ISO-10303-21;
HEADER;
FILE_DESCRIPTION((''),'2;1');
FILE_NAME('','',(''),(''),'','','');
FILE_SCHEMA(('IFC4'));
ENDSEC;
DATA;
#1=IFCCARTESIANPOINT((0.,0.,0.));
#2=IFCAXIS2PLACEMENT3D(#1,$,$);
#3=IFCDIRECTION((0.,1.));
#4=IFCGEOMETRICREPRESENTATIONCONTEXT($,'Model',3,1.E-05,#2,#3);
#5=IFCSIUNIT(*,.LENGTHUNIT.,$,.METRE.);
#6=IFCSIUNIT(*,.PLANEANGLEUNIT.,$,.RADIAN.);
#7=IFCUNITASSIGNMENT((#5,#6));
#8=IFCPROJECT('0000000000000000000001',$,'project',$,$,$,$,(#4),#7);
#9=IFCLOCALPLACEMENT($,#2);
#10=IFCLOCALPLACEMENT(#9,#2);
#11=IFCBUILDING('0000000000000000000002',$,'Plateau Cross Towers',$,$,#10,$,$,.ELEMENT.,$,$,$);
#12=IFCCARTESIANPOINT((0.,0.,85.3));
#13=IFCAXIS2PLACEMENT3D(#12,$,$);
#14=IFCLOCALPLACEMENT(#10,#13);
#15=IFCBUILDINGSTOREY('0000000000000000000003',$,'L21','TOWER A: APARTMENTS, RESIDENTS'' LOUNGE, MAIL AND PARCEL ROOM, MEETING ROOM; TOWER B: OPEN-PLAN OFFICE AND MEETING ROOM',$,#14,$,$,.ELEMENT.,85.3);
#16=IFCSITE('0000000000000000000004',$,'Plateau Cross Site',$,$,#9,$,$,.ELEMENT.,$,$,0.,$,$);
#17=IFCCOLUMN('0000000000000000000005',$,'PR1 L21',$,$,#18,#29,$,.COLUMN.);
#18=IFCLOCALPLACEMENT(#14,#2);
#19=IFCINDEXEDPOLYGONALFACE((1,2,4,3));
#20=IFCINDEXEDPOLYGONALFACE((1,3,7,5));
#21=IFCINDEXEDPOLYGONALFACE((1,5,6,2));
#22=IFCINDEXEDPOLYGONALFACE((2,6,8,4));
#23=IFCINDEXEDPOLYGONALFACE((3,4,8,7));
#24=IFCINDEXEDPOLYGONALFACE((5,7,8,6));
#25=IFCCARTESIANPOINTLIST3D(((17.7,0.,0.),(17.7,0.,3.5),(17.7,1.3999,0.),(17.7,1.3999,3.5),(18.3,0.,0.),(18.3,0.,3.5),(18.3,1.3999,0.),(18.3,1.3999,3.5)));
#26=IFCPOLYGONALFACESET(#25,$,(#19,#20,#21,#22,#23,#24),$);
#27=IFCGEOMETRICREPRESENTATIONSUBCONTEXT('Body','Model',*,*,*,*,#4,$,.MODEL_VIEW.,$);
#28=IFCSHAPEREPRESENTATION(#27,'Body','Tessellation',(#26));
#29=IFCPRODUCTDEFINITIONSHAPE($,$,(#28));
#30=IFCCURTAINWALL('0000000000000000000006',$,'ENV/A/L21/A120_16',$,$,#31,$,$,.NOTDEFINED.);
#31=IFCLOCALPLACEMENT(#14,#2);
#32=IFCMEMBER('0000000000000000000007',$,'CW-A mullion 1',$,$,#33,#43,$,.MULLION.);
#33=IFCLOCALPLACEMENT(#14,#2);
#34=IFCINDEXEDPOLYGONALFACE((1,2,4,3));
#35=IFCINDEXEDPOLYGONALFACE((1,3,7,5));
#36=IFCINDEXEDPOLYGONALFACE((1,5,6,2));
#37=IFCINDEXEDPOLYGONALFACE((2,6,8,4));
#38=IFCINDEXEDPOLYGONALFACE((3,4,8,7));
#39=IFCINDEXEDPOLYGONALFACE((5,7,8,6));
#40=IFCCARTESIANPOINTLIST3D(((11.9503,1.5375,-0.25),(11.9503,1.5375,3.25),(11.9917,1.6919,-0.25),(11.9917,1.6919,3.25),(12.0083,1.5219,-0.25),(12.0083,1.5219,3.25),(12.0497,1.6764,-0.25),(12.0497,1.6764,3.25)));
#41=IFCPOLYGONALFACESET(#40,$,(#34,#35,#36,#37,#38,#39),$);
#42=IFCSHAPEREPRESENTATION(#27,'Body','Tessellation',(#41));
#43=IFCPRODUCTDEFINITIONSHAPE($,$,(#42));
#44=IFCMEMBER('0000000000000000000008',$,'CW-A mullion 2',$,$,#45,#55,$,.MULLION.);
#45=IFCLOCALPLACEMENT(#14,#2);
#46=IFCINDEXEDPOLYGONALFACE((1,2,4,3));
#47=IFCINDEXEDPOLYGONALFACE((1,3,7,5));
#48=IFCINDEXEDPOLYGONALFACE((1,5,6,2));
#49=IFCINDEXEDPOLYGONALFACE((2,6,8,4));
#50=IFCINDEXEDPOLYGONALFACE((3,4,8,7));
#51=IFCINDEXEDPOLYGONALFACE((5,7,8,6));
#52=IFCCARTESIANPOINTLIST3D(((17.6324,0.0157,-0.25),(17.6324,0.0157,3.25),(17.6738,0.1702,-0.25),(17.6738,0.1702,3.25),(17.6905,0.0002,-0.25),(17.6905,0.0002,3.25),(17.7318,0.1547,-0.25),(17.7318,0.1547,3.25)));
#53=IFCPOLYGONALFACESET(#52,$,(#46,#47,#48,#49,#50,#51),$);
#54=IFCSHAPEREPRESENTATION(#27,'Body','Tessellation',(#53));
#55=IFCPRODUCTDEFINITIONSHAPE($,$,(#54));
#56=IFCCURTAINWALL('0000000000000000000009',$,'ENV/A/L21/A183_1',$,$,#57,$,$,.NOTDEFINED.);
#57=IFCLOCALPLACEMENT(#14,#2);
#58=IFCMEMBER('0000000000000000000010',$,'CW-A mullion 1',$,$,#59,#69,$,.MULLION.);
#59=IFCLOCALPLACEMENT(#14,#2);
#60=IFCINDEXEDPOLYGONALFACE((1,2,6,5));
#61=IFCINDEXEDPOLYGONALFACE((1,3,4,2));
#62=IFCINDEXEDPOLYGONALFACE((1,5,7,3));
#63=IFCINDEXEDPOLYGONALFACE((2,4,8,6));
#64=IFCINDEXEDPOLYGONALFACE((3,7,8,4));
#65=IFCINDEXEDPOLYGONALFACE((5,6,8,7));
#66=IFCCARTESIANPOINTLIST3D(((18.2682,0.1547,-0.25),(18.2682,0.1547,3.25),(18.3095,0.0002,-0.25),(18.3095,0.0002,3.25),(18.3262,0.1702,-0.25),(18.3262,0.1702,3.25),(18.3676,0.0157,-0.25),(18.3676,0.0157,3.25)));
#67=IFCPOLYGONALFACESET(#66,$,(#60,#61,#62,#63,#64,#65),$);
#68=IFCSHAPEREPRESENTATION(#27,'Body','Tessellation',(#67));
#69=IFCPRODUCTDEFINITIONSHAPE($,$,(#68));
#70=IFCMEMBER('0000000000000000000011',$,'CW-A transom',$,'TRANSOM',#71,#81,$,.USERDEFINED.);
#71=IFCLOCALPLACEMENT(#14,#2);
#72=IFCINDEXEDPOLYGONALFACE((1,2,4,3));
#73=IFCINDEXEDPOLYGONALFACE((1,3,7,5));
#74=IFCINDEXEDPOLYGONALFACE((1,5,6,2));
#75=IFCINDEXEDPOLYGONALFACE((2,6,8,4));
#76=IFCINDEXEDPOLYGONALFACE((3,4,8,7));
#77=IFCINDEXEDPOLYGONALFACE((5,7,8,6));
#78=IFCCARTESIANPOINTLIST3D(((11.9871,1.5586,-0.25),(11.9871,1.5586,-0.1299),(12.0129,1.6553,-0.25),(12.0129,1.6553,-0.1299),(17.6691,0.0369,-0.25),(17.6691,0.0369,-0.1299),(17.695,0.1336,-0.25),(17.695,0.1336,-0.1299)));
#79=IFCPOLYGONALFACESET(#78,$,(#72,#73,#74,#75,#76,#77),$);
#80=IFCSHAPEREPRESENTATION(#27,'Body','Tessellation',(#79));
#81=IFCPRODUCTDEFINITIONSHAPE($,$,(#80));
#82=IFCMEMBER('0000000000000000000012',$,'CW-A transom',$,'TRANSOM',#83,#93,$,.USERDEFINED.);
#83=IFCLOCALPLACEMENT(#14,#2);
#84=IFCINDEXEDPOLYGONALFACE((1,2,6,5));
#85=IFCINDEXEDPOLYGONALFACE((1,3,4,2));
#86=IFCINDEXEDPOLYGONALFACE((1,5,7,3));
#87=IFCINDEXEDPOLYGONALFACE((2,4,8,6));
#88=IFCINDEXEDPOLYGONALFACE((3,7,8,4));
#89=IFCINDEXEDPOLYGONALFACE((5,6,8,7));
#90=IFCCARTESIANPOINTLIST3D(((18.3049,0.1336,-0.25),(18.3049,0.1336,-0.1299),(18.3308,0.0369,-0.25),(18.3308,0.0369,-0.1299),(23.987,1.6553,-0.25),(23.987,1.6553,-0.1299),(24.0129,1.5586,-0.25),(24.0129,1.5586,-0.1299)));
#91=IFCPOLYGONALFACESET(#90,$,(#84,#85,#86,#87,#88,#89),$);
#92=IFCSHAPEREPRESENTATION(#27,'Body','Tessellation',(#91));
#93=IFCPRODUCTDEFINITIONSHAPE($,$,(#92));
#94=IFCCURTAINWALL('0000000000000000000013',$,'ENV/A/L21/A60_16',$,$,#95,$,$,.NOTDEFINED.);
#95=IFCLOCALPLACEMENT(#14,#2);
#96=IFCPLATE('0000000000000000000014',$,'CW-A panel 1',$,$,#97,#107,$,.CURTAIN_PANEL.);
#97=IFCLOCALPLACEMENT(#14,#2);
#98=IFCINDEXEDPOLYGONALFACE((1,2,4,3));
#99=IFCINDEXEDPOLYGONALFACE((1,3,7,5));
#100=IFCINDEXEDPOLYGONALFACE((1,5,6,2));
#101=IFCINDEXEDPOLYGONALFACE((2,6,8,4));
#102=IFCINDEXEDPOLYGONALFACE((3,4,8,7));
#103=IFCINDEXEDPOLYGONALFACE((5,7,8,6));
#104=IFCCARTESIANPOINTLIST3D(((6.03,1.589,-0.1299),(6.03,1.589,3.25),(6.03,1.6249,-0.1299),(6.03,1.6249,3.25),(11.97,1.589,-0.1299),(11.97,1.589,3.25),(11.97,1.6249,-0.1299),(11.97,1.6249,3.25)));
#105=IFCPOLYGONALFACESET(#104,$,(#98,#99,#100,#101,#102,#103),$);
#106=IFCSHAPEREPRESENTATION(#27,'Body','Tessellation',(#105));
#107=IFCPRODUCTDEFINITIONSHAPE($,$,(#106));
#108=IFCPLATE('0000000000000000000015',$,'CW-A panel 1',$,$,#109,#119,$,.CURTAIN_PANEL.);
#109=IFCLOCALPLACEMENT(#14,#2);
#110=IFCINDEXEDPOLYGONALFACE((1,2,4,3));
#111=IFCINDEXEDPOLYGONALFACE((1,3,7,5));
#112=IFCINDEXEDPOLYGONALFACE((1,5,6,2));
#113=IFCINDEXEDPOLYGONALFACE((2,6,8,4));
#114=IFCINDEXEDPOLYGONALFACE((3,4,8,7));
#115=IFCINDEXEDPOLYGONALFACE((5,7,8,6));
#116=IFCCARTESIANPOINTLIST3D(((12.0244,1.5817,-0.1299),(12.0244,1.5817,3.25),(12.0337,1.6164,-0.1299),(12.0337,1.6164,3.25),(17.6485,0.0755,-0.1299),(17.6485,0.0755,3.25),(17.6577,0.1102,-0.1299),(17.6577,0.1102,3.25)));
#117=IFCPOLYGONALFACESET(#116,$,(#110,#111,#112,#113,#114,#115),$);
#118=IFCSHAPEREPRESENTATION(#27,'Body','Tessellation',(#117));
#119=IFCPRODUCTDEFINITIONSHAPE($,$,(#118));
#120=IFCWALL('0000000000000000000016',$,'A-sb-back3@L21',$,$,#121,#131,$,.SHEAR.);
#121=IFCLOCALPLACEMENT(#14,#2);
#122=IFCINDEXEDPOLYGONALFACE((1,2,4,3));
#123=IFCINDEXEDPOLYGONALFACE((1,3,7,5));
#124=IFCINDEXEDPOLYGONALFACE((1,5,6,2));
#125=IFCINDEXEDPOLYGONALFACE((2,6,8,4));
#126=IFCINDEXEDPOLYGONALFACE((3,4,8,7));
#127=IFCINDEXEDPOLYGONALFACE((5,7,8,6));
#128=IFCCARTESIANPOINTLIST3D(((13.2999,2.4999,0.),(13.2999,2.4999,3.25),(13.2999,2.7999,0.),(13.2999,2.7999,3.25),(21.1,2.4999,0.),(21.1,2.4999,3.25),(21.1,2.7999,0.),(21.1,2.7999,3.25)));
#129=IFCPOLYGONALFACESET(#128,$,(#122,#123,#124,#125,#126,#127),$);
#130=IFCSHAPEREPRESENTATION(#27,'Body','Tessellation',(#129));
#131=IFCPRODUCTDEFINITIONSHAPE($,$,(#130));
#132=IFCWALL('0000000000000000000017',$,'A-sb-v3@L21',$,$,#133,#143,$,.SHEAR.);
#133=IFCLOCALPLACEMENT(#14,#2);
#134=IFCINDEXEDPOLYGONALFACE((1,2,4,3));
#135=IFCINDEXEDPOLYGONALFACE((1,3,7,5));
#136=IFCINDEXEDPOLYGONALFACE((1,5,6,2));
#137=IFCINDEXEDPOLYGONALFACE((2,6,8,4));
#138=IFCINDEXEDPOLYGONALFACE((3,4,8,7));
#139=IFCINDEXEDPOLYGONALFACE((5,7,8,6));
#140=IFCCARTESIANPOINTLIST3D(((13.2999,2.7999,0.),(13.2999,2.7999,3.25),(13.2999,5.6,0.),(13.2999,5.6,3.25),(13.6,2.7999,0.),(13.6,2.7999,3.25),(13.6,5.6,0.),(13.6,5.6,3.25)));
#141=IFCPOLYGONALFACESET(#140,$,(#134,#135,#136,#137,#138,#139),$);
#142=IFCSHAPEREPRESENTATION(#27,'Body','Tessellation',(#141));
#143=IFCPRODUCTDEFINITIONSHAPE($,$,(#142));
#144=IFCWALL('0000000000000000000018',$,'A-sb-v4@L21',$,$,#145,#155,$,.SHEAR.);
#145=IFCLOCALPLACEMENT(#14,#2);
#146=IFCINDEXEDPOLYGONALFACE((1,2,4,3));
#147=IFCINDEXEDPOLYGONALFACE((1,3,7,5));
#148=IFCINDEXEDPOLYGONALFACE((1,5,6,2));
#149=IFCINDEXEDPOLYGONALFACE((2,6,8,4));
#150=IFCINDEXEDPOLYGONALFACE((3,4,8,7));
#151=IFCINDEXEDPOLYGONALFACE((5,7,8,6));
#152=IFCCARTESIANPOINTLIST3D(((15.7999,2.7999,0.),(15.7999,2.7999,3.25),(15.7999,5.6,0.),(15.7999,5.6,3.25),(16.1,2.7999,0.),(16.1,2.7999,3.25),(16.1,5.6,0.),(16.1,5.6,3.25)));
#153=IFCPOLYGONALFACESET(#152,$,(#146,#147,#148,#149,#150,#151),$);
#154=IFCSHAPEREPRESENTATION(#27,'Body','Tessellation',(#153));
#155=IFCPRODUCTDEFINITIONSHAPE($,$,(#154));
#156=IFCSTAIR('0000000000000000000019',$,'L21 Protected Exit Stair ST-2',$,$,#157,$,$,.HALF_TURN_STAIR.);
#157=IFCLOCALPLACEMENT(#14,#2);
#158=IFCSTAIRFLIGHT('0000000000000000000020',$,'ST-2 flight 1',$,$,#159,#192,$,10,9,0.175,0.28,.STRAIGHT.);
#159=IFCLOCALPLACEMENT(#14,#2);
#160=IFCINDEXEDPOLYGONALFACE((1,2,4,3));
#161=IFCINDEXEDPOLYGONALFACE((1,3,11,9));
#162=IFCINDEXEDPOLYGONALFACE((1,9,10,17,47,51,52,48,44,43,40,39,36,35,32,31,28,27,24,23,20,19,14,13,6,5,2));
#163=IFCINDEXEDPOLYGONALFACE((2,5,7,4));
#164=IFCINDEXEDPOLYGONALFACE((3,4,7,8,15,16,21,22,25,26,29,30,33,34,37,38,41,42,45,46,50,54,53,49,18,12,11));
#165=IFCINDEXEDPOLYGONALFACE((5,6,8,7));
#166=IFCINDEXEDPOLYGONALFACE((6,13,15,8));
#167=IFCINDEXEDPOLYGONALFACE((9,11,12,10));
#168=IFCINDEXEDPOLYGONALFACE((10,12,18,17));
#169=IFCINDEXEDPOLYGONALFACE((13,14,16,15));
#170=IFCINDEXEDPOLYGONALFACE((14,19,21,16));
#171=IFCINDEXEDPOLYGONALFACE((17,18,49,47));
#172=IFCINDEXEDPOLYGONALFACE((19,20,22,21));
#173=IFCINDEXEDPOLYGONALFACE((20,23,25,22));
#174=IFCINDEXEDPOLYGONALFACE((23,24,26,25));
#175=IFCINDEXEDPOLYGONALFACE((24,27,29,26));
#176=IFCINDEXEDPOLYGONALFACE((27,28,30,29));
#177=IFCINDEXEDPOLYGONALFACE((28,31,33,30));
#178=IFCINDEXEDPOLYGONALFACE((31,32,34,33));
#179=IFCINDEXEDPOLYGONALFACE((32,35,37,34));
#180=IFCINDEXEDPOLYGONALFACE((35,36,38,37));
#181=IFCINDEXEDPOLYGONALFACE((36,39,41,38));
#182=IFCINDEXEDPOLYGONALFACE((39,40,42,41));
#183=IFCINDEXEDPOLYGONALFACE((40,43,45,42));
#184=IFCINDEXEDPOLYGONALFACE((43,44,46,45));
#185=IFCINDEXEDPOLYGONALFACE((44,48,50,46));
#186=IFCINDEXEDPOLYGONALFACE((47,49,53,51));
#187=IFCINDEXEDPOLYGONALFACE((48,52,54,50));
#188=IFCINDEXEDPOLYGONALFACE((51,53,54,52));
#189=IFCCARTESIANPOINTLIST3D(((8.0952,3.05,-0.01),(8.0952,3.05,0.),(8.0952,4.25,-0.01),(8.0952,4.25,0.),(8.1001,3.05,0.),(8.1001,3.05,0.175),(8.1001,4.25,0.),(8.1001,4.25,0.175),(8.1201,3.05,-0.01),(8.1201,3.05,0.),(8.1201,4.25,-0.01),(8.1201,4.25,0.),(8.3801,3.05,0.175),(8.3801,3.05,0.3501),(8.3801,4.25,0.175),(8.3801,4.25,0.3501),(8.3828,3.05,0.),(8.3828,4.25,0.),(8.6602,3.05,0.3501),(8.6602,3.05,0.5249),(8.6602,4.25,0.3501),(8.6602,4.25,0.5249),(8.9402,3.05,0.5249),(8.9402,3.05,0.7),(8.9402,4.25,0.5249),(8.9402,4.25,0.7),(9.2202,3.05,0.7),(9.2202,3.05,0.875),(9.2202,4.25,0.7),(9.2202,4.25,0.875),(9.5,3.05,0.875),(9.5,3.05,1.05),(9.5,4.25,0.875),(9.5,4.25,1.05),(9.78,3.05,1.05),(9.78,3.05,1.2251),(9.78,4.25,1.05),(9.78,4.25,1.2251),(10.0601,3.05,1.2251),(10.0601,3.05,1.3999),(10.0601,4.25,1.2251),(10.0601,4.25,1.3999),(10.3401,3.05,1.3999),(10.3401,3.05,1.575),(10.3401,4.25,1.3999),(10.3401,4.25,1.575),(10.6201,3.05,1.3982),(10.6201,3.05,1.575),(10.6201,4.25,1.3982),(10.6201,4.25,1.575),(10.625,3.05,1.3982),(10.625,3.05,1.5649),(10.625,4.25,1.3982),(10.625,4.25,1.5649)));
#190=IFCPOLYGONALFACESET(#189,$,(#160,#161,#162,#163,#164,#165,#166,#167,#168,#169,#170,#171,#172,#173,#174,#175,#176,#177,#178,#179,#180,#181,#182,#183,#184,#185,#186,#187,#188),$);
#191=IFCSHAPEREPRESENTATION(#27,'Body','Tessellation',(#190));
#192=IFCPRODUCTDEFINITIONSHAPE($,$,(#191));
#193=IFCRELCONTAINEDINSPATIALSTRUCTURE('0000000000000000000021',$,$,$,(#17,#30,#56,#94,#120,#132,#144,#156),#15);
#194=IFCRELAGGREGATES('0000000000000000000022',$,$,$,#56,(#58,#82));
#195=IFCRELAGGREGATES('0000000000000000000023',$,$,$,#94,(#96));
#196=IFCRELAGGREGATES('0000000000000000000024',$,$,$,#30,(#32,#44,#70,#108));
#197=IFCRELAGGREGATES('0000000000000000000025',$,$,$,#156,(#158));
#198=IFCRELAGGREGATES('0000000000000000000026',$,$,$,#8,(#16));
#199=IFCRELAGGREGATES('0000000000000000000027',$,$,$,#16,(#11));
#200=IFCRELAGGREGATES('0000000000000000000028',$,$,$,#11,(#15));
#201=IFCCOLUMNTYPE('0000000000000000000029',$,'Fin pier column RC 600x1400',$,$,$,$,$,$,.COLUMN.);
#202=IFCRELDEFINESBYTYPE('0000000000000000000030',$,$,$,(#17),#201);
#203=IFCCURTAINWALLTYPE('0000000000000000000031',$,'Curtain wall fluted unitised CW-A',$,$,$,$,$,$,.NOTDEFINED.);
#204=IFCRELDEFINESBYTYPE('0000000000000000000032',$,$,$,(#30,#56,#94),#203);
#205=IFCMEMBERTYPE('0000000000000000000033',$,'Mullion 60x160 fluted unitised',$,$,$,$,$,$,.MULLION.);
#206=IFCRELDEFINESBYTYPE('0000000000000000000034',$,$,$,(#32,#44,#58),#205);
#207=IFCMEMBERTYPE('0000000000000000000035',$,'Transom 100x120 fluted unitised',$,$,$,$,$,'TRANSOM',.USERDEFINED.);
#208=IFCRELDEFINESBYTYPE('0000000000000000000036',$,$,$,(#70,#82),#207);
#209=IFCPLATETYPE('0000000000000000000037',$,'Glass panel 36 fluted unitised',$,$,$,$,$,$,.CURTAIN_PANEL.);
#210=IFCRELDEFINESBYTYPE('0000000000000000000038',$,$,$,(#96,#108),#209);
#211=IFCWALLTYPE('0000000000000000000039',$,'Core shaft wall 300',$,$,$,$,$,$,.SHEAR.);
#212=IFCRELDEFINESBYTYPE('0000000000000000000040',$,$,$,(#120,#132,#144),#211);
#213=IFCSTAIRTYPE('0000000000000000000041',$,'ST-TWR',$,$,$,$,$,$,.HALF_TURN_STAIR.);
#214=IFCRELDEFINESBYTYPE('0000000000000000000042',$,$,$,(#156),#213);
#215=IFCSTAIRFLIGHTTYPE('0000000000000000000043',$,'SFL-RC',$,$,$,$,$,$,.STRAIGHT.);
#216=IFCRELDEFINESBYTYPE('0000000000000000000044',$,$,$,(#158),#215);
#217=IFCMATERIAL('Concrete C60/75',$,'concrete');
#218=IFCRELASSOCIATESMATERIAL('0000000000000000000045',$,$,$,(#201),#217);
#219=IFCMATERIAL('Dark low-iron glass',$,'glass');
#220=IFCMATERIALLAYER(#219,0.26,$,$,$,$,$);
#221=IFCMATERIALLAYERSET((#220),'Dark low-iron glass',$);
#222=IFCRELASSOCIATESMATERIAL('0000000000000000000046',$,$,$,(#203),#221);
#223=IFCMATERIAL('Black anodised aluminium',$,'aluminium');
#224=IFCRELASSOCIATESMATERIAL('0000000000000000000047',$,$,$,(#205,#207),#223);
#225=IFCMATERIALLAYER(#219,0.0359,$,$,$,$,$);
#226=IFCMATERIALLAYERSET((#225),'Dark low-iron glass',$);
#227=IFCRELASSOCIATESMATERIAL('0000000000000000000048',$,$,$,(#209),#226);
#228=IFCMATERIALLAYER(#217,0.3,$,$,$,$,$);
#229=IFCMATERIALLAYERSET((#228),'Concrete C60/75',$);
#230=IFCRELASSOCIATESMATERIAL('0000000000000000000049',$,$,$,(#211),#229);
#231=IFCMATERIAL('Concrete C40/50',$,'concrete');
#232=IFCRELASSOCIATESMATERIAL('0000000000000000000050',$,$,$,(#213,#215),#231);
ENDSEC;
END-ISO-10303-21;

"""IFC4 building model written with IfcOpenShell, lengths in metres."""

from ifc_helpers import new_model, si_unit, direction, frame, frame_2d, origin, origin_2d, place, context, subcontext, project, spatial, polyline, rectangle, outline, extrude, material, layer, layer_set, material_profile, profile_set, type_object, element, aggregate, save


model = new_model("IFC4")

# Units and contexts
model_context = context("Model", 3, precision=1e-05, world=origin(), true_north=direction((0.0, 1.0)))
body_context = subcontext(model_context, "Body", "Model", "MODEL_VIEW")
ifc_project = project(units=[si_unit("LENGTHUNIT", "METRE"), si_unit("PLANEANGLEUNIT", "RADIAN")], contexts=[model_context])

# Site, building, storey
site_placement = place(None, origin())
site = spatial("IfcSite", under=ifc_project, at=site_placement, Name="Plateau Cross Site", CompositionType="ELEMENT", RefElevation=0.0)
building_placement = place(site_placement, origin())
building = spatial("IfcBuilding", under=site, at=building_placement, Name="Plateau Cross Towers", CompositionType="ELEMENT")
storey_placement = place(building_placement, frame((0.0, 0.0, 85.3)))
storey = spatial("IfcBuildingStorey", under=building, at=storey_placement, Name="L21", Description="TOWER A: APARTMENTS, RESIDENTS' LOUNGE, MAIL AND PARCEL ROOM, MEETING ROOM; TOWER B: OPEN-PLAN OFFICE AND MEETING ROOM", CompositionType="ELEMENT", Elevation=85.3)

# Column
ifc_material_1 = material(Name="Concrete C60/75", Category="concrete")
ifc_material_profile_1 = material_profile(ifc_material_1, rectangle(XDim=0.6001, YDim=1.3999, at=origin_2d()), Name="RC 600x1400")
ifc_profile_set_1 = profile_set([ifc_material_profile_1], Name="Concrete C60/75")
column_type = type_object("IfcColumnType", Name="Fin pier column RC 600x1400", PredefinedType="COLUMN", material=ifc_profile_set_1)
column_placement = place(storey_placement, frame((18.0, 0.7, 0.0), z_axis=(0.0, 0.0, 1.0), x_axis=(1.0, 0.0, 0.0)))
element("IfcColumn", 1, at=column_placement, inside=storey, type_object=column_type, Name="PR1 L21", PredefinedType="COLUMN", context=body_context, shape_type="SweptSolid", body=[
    extrude(rectangle(XDim=0.6001, YDim=1.3999, at=origin_2d()), origin(), (0.0, 0.0, 1.0), 3.5),
])

# Curtain wall, members
ifc_material_2 = material(Name="Dark low-iron glass", Category="glass")
ifc_layer_1 = layer(ifc_material_2, 0.26)
ifc_layer_set_1 = layer_set([ifc_layer_1], Name="Dark low-iron glass")
curtain_wall_type = type_object("IfcCurtainWallType", Name="Curtain wall fluted unitised CW-A", PredefinedType="NOTDEFINED", material=ifc_layer_set_1)
curtain_wall_1_placement = place(storey_placement, origin())
curtain_wall_1 = element("IfcCurtainWall", 2, at=curtain_wall_1_placement, inside=storey, type_object=curtain_wall_type, Name="ENV/A/L21/A120_16", PredefinedType="NOTDEFINED")
ifc_material_3 = material(Name="Black anodised aluminium", Category="aluminium")
ifc_material_profile_2 = material_profile(ifc_material_3, rectangle(XDim=0.0601, YDim=0.1599, at=origin_2d()), Name="MULLION 60x160")
ifc_profile_set_2 = profile_set([ifc_material_profile_2], Name="Black anodised aluminium")
member_type_1 = type_object("IfcMemberType", Name="Mullion 60x160 fluted unitised", PredefinedType="MULLION", material=ifc_profile_set_2)
member_1_placement = place(storey_placement, frame((12.0, 1.6069, -0.25), z_axis=(0.0, 0.0, 1.0), x_axis=(0.965958, -0.258699, 0.0)))
member_1 = element("IfcMember", 3, at=member_1_placement, type_object=member_type_1, Name="CW-A mullion 1", PredefinedType="MULLION", context=body_context, shape_type="SweptSolid", body=[
    extrude(rectangle(XDim=0.0601, YDim=0.1599, at=origin_2d()), origin(), (0.0, 0.0, 1.0), 3.5),
])
member_2_placement = place(storey_placement, frame((17.6821, 0.0852, -0.25), z_axis=(0.0, 0.0, 1.0), x_axis=(0.965958, -0.258699, 0.0)))
member_2 = element("IfcMember", 4, at=member_2_placement, type_object=member_type_1, Name="CW-A mullion 2", PredefinedType="MULLION", context=body_context, shape_type="SweptSolid", body=[
    extrude(rectangle(XDim=0.0601, YDim=0.1599, at=origin_2d()), origin(), (0.0, 0.0, 1.0), 3.5),
])

# Curtain wall, member
curtain_wall_2_placement = place(storey_placement, origin())
curtain_wall_2 = element("IfcCurtainWall", 5, at=curtain_wall_2_placement, inside=storey, type_object=curtain_wall_type, Name="ENV/A/L21/A183_1", PredefinedType="NOTDEFINED")
member_3_placement = place(storey_placement, frame((18.3179, 0.0852, -0.25), z_axis=(0.0, 0.0, 1.0), x_axis=(0.965958, 0.258699, 0.0)))
member_3 = element("IfcMember", 6, at=member_3_placement, type_object=member_type_1, Name="CW-A mullion 1", PredefinedType="MULLION", context=body_context, shape_type="SweptSolid", body=[
    extrude(rectangle(XDim=0.0601, YDim=0.1599, at=origin_2d()), origin(), (0.0, 0.0, 1.0), 3.5),
])

# Members
ifc_material_profile_3 = material_profile(ifc_material_3, rectangle(XDim=0.1001, YDim=0.1201, at=origin_2d()), Name="TRANSOM 100x120")
ifc_profile_set_3 = profile_set([ifc_material_profile_3], Name="Black anodised aluminium")
member_type_2 = type_object("IfcMemberType", Name="Transom 100x120 fluted unitised", ElementType="TRANSOM", PredefinedType="USERDEFINED", material=ifc_profile_set_3)
member_4_placement = place(storey_placement, frame((12.0, 1.6069, -0.1899), z_axis=(0.96596, -0.258693, 0.0), x_axis=(0.258693, 0.96596, 0.0)))
member_4 = element("IfcMember", 7, at=member_4_placement, type_object=member_type_2, Name="CW-A transom", ObjectType="TRANSOM", PredefinedType="USERDEFINED", context=body_context, shape_type="SweptSolid", body=[
    extrude(rectangle(XDim=0.1001, YDim=0.1201, at=origin_2d()), origin(), (0.0, 0.0, 1.0), 5.8823),
])
member_5_placement = place(storey_placement, frame((18.3179, 0.0852, -0.1899), z_axis=(0.96596, 0.258693, 0.0), x_axis=(-0.258693, 0.96596, 0.0)))
member_5 = element("IfcMember", 8, at=member_5_placement, type_object=member_type_2, Name="CW-A transom", ObjectType="TRANSOM", PredefinedType="USERDEFINED", context=body_context, shape_type="SweptSolid", body=[
    extrude(rectangle(XDim=0.1001, YDim=0.1201, at=origin_2d()), origin(), (0.0, 0.0, 1.0), 5.8823),
])
aggregate(curtain_wall_2, [member_3, member_5])

# Curtain wall, plate
curtain_wall_3_placement = place(storey_placement, origin())
curtain_wall_3 = element("IfcCurtainWall", 9, at=curtain_wall_3_placement, inside=storey, type_object=curtain_wall_type, Name="ENV/A/L21/A60_16", PredefinedType="NOTDEFINED")
ifc_layer_2 = layer(ifc_material_2, 0.0359)
ifc_layer_set_2 = layer_set([ifc_layer_2], Name="Dark low-iron glass")
plate_type = type_object("IfcPlateType", Name="Glass panel 36 fluted unitised", PredefinedType="CURTAIN_PANEL", material=ifc_layer_set_2)
plate_1_placement = place(storey_placement, frame((9.0, 1.6069, -0.1299), z_axis=(0.0, 0.0, 1.0), x_axis=(1.0, 0.0, 0.0)))
plate_1 = element("IfcPlate", 10, at=plate_1_placement, type_object=plate_type, Name="CW-A panel 1", PredefinedType="CURTAIN_PANEL", context=body_context, shape_type="SweptSolid", body=[
    extrude(rectangle(XDim=5.9399, YDim=0.0359, at=origin_2d()), origin(), (0.0, 0.0, 1.0), 3.3799),
])
aggregate(curtain_wall_3, [plate_1])

# Plate
plate_2_placement = place(storey_placement, frame((14.8411, 0.8459, -0.1299), z_axis=(0.0, 0.0, 1.0), x_axis=(0.965958, -0.258699, 0.0)))
plate_2 = element("IfcPlate", 11, at=plate_2_placement, type_object=plate_type, Name="CW-A panel 1", PredefinedType="CURTAIN_PANEL", context=body_context, shape_type="SweptSolid", body=[
    extrude(rectangle(XDim=5.8223, YDim=0.0359, at=origin_2d()), origin(), (0.0, 0.0, 1.0), 3.3799),
])
aggregate(curtain_wall_1, [member_1, member_2, member_4, plate_2])

# Walls
ifc_layer_3 = layer(ifc_material_1, 0.3)
ifc_layer_set_3 = layer_set([ifc_layer_3], Name="Concrete C60/75")
wall_type = type_object("IfcWallType", Name="Core shaft wall 300", PredefinedType="SHEAR", material=ifc_layer_set_3)
wall_placement = place(storey_placement, frame((13.3, 2.6499, 0.0), z_axis=(0.0, 0.0, 1.0), x_axis=(1.0, 0.0, 0.0)))
element("IfcWall", 12, at=wall_placement, inside=storey, type_object=wall_type, Name="A-sb-back3@L21", PredefinedType="SHEAR", context=body_context, shape_type="SweptSolid", body=[
    extrude(rectangle(XDim=7.8, YDim=0.3, at=frame_2d((3.8999, 0.0))), origin(), (0.0, 0.0, 1.0), 3.25),
])
for number, where, z_axis, x_axis, name in (
    (13, (13.45, 2.8, 0.0), (0.0, 0.0, 1.0), (0.0, 1.0, 0.0), "A-sb-v3@L21"),
    (14, (15.95, 2.8, 0.0), (0.0, 0.0, 1.0), (0.0, 1.0, 0.0), "A-sb-v4@L21"),
):
    element("IfcWall", number, at=place(storey_placement, frame(where, z_axis=z_axis, x_axis=x_axis)), inside=storey, type_object=wall_type, Name=name, PredefinedType="SHEAR", context=body_context, shape_type="SweptSolid", body=[
        extrude(rectangle(XDim=2.8, YDim=0.3, at=frame_2d((1.3999, 0.0))), origin(), (0.0, 0.0, 1.0), 3.25),
    ])

# Stair, stair flight
ifc_material_4 = material(Name="Concrete C40/50", Category="concrete")
stair_type = type_object("IfcStairType", Name="ST-TWR", PredefinedType="HALF_TURN_STAIR", material=ifc_material_4)
stair_placement = place(storey_placement, origin())
stair = element("IfcStair", 15, at=stair_placement, inside=storey, type_object=stair_type, Name="L21 Protected Exit Stair ST-2", PredefinedType="HALF_TURN_STAIR")
stair_flight_type = type_object("IfcStairFlightType", Name="SFL-RC", PredefinedType="STRAIGHT", material=ifc_material_4)
stair_flight_placement = place(storey_placement, frame((8.1001, 3.6499, 0.0), z_axis=(0.0, 0.0, 1.0), x_axis=(1.0, 0.0, 0.0)))
stair_flight = element("IfcStairFlight", 16, at=stair_flight_placement, type_object=stair_flight_type, Name="ST-2 flight 1", NumberOfRisers=10, NumberOfTreads=9, PredefinedType="STRAIGHT", RiserHeight=0.175, TreadLength=0.28, context=body_context, shape_type="SweptSolid", body=[
    extrude(outline(polyline([(-0.0049, -0.01), (-0.0049, 0.0), (0.0, 0.0), (0.0, 0.175), (0.28, 0.175), (0.28, 0.3501), (0.5601, 0.3501), (0.5601, 0.5249), (0.8401, 0.5249), (0.8401, 0.7), (1.1201, 0.7), (1.1201, 0.875), (1.3999, 0.875), (1.3999, 1.05), (1.6799, 1.05), (1.6799, 1.2251), (1.96, 1.2251), (1.96, 1.3999), (2.24, 1.3999), (2.24, 1.575), (2.52, 1.575), (2.5249, 1.5649), (2.5249, 1.3982), (2.52, 1.3982), (0.2827, 0.0), (0.02, 0.0), (0.02, -0.01), (-0.0049, -0.01)])), frame((0.0, 0.6001, 0.0), z_axis=(0.0, -1.0, 0.0), x_axis=(1.0, 0.0, 0.0)), (0.0, 0.0, 1.0), 1.2),
])
aggregate(stair, [stair_flight])

save(model, "model.ifc")
